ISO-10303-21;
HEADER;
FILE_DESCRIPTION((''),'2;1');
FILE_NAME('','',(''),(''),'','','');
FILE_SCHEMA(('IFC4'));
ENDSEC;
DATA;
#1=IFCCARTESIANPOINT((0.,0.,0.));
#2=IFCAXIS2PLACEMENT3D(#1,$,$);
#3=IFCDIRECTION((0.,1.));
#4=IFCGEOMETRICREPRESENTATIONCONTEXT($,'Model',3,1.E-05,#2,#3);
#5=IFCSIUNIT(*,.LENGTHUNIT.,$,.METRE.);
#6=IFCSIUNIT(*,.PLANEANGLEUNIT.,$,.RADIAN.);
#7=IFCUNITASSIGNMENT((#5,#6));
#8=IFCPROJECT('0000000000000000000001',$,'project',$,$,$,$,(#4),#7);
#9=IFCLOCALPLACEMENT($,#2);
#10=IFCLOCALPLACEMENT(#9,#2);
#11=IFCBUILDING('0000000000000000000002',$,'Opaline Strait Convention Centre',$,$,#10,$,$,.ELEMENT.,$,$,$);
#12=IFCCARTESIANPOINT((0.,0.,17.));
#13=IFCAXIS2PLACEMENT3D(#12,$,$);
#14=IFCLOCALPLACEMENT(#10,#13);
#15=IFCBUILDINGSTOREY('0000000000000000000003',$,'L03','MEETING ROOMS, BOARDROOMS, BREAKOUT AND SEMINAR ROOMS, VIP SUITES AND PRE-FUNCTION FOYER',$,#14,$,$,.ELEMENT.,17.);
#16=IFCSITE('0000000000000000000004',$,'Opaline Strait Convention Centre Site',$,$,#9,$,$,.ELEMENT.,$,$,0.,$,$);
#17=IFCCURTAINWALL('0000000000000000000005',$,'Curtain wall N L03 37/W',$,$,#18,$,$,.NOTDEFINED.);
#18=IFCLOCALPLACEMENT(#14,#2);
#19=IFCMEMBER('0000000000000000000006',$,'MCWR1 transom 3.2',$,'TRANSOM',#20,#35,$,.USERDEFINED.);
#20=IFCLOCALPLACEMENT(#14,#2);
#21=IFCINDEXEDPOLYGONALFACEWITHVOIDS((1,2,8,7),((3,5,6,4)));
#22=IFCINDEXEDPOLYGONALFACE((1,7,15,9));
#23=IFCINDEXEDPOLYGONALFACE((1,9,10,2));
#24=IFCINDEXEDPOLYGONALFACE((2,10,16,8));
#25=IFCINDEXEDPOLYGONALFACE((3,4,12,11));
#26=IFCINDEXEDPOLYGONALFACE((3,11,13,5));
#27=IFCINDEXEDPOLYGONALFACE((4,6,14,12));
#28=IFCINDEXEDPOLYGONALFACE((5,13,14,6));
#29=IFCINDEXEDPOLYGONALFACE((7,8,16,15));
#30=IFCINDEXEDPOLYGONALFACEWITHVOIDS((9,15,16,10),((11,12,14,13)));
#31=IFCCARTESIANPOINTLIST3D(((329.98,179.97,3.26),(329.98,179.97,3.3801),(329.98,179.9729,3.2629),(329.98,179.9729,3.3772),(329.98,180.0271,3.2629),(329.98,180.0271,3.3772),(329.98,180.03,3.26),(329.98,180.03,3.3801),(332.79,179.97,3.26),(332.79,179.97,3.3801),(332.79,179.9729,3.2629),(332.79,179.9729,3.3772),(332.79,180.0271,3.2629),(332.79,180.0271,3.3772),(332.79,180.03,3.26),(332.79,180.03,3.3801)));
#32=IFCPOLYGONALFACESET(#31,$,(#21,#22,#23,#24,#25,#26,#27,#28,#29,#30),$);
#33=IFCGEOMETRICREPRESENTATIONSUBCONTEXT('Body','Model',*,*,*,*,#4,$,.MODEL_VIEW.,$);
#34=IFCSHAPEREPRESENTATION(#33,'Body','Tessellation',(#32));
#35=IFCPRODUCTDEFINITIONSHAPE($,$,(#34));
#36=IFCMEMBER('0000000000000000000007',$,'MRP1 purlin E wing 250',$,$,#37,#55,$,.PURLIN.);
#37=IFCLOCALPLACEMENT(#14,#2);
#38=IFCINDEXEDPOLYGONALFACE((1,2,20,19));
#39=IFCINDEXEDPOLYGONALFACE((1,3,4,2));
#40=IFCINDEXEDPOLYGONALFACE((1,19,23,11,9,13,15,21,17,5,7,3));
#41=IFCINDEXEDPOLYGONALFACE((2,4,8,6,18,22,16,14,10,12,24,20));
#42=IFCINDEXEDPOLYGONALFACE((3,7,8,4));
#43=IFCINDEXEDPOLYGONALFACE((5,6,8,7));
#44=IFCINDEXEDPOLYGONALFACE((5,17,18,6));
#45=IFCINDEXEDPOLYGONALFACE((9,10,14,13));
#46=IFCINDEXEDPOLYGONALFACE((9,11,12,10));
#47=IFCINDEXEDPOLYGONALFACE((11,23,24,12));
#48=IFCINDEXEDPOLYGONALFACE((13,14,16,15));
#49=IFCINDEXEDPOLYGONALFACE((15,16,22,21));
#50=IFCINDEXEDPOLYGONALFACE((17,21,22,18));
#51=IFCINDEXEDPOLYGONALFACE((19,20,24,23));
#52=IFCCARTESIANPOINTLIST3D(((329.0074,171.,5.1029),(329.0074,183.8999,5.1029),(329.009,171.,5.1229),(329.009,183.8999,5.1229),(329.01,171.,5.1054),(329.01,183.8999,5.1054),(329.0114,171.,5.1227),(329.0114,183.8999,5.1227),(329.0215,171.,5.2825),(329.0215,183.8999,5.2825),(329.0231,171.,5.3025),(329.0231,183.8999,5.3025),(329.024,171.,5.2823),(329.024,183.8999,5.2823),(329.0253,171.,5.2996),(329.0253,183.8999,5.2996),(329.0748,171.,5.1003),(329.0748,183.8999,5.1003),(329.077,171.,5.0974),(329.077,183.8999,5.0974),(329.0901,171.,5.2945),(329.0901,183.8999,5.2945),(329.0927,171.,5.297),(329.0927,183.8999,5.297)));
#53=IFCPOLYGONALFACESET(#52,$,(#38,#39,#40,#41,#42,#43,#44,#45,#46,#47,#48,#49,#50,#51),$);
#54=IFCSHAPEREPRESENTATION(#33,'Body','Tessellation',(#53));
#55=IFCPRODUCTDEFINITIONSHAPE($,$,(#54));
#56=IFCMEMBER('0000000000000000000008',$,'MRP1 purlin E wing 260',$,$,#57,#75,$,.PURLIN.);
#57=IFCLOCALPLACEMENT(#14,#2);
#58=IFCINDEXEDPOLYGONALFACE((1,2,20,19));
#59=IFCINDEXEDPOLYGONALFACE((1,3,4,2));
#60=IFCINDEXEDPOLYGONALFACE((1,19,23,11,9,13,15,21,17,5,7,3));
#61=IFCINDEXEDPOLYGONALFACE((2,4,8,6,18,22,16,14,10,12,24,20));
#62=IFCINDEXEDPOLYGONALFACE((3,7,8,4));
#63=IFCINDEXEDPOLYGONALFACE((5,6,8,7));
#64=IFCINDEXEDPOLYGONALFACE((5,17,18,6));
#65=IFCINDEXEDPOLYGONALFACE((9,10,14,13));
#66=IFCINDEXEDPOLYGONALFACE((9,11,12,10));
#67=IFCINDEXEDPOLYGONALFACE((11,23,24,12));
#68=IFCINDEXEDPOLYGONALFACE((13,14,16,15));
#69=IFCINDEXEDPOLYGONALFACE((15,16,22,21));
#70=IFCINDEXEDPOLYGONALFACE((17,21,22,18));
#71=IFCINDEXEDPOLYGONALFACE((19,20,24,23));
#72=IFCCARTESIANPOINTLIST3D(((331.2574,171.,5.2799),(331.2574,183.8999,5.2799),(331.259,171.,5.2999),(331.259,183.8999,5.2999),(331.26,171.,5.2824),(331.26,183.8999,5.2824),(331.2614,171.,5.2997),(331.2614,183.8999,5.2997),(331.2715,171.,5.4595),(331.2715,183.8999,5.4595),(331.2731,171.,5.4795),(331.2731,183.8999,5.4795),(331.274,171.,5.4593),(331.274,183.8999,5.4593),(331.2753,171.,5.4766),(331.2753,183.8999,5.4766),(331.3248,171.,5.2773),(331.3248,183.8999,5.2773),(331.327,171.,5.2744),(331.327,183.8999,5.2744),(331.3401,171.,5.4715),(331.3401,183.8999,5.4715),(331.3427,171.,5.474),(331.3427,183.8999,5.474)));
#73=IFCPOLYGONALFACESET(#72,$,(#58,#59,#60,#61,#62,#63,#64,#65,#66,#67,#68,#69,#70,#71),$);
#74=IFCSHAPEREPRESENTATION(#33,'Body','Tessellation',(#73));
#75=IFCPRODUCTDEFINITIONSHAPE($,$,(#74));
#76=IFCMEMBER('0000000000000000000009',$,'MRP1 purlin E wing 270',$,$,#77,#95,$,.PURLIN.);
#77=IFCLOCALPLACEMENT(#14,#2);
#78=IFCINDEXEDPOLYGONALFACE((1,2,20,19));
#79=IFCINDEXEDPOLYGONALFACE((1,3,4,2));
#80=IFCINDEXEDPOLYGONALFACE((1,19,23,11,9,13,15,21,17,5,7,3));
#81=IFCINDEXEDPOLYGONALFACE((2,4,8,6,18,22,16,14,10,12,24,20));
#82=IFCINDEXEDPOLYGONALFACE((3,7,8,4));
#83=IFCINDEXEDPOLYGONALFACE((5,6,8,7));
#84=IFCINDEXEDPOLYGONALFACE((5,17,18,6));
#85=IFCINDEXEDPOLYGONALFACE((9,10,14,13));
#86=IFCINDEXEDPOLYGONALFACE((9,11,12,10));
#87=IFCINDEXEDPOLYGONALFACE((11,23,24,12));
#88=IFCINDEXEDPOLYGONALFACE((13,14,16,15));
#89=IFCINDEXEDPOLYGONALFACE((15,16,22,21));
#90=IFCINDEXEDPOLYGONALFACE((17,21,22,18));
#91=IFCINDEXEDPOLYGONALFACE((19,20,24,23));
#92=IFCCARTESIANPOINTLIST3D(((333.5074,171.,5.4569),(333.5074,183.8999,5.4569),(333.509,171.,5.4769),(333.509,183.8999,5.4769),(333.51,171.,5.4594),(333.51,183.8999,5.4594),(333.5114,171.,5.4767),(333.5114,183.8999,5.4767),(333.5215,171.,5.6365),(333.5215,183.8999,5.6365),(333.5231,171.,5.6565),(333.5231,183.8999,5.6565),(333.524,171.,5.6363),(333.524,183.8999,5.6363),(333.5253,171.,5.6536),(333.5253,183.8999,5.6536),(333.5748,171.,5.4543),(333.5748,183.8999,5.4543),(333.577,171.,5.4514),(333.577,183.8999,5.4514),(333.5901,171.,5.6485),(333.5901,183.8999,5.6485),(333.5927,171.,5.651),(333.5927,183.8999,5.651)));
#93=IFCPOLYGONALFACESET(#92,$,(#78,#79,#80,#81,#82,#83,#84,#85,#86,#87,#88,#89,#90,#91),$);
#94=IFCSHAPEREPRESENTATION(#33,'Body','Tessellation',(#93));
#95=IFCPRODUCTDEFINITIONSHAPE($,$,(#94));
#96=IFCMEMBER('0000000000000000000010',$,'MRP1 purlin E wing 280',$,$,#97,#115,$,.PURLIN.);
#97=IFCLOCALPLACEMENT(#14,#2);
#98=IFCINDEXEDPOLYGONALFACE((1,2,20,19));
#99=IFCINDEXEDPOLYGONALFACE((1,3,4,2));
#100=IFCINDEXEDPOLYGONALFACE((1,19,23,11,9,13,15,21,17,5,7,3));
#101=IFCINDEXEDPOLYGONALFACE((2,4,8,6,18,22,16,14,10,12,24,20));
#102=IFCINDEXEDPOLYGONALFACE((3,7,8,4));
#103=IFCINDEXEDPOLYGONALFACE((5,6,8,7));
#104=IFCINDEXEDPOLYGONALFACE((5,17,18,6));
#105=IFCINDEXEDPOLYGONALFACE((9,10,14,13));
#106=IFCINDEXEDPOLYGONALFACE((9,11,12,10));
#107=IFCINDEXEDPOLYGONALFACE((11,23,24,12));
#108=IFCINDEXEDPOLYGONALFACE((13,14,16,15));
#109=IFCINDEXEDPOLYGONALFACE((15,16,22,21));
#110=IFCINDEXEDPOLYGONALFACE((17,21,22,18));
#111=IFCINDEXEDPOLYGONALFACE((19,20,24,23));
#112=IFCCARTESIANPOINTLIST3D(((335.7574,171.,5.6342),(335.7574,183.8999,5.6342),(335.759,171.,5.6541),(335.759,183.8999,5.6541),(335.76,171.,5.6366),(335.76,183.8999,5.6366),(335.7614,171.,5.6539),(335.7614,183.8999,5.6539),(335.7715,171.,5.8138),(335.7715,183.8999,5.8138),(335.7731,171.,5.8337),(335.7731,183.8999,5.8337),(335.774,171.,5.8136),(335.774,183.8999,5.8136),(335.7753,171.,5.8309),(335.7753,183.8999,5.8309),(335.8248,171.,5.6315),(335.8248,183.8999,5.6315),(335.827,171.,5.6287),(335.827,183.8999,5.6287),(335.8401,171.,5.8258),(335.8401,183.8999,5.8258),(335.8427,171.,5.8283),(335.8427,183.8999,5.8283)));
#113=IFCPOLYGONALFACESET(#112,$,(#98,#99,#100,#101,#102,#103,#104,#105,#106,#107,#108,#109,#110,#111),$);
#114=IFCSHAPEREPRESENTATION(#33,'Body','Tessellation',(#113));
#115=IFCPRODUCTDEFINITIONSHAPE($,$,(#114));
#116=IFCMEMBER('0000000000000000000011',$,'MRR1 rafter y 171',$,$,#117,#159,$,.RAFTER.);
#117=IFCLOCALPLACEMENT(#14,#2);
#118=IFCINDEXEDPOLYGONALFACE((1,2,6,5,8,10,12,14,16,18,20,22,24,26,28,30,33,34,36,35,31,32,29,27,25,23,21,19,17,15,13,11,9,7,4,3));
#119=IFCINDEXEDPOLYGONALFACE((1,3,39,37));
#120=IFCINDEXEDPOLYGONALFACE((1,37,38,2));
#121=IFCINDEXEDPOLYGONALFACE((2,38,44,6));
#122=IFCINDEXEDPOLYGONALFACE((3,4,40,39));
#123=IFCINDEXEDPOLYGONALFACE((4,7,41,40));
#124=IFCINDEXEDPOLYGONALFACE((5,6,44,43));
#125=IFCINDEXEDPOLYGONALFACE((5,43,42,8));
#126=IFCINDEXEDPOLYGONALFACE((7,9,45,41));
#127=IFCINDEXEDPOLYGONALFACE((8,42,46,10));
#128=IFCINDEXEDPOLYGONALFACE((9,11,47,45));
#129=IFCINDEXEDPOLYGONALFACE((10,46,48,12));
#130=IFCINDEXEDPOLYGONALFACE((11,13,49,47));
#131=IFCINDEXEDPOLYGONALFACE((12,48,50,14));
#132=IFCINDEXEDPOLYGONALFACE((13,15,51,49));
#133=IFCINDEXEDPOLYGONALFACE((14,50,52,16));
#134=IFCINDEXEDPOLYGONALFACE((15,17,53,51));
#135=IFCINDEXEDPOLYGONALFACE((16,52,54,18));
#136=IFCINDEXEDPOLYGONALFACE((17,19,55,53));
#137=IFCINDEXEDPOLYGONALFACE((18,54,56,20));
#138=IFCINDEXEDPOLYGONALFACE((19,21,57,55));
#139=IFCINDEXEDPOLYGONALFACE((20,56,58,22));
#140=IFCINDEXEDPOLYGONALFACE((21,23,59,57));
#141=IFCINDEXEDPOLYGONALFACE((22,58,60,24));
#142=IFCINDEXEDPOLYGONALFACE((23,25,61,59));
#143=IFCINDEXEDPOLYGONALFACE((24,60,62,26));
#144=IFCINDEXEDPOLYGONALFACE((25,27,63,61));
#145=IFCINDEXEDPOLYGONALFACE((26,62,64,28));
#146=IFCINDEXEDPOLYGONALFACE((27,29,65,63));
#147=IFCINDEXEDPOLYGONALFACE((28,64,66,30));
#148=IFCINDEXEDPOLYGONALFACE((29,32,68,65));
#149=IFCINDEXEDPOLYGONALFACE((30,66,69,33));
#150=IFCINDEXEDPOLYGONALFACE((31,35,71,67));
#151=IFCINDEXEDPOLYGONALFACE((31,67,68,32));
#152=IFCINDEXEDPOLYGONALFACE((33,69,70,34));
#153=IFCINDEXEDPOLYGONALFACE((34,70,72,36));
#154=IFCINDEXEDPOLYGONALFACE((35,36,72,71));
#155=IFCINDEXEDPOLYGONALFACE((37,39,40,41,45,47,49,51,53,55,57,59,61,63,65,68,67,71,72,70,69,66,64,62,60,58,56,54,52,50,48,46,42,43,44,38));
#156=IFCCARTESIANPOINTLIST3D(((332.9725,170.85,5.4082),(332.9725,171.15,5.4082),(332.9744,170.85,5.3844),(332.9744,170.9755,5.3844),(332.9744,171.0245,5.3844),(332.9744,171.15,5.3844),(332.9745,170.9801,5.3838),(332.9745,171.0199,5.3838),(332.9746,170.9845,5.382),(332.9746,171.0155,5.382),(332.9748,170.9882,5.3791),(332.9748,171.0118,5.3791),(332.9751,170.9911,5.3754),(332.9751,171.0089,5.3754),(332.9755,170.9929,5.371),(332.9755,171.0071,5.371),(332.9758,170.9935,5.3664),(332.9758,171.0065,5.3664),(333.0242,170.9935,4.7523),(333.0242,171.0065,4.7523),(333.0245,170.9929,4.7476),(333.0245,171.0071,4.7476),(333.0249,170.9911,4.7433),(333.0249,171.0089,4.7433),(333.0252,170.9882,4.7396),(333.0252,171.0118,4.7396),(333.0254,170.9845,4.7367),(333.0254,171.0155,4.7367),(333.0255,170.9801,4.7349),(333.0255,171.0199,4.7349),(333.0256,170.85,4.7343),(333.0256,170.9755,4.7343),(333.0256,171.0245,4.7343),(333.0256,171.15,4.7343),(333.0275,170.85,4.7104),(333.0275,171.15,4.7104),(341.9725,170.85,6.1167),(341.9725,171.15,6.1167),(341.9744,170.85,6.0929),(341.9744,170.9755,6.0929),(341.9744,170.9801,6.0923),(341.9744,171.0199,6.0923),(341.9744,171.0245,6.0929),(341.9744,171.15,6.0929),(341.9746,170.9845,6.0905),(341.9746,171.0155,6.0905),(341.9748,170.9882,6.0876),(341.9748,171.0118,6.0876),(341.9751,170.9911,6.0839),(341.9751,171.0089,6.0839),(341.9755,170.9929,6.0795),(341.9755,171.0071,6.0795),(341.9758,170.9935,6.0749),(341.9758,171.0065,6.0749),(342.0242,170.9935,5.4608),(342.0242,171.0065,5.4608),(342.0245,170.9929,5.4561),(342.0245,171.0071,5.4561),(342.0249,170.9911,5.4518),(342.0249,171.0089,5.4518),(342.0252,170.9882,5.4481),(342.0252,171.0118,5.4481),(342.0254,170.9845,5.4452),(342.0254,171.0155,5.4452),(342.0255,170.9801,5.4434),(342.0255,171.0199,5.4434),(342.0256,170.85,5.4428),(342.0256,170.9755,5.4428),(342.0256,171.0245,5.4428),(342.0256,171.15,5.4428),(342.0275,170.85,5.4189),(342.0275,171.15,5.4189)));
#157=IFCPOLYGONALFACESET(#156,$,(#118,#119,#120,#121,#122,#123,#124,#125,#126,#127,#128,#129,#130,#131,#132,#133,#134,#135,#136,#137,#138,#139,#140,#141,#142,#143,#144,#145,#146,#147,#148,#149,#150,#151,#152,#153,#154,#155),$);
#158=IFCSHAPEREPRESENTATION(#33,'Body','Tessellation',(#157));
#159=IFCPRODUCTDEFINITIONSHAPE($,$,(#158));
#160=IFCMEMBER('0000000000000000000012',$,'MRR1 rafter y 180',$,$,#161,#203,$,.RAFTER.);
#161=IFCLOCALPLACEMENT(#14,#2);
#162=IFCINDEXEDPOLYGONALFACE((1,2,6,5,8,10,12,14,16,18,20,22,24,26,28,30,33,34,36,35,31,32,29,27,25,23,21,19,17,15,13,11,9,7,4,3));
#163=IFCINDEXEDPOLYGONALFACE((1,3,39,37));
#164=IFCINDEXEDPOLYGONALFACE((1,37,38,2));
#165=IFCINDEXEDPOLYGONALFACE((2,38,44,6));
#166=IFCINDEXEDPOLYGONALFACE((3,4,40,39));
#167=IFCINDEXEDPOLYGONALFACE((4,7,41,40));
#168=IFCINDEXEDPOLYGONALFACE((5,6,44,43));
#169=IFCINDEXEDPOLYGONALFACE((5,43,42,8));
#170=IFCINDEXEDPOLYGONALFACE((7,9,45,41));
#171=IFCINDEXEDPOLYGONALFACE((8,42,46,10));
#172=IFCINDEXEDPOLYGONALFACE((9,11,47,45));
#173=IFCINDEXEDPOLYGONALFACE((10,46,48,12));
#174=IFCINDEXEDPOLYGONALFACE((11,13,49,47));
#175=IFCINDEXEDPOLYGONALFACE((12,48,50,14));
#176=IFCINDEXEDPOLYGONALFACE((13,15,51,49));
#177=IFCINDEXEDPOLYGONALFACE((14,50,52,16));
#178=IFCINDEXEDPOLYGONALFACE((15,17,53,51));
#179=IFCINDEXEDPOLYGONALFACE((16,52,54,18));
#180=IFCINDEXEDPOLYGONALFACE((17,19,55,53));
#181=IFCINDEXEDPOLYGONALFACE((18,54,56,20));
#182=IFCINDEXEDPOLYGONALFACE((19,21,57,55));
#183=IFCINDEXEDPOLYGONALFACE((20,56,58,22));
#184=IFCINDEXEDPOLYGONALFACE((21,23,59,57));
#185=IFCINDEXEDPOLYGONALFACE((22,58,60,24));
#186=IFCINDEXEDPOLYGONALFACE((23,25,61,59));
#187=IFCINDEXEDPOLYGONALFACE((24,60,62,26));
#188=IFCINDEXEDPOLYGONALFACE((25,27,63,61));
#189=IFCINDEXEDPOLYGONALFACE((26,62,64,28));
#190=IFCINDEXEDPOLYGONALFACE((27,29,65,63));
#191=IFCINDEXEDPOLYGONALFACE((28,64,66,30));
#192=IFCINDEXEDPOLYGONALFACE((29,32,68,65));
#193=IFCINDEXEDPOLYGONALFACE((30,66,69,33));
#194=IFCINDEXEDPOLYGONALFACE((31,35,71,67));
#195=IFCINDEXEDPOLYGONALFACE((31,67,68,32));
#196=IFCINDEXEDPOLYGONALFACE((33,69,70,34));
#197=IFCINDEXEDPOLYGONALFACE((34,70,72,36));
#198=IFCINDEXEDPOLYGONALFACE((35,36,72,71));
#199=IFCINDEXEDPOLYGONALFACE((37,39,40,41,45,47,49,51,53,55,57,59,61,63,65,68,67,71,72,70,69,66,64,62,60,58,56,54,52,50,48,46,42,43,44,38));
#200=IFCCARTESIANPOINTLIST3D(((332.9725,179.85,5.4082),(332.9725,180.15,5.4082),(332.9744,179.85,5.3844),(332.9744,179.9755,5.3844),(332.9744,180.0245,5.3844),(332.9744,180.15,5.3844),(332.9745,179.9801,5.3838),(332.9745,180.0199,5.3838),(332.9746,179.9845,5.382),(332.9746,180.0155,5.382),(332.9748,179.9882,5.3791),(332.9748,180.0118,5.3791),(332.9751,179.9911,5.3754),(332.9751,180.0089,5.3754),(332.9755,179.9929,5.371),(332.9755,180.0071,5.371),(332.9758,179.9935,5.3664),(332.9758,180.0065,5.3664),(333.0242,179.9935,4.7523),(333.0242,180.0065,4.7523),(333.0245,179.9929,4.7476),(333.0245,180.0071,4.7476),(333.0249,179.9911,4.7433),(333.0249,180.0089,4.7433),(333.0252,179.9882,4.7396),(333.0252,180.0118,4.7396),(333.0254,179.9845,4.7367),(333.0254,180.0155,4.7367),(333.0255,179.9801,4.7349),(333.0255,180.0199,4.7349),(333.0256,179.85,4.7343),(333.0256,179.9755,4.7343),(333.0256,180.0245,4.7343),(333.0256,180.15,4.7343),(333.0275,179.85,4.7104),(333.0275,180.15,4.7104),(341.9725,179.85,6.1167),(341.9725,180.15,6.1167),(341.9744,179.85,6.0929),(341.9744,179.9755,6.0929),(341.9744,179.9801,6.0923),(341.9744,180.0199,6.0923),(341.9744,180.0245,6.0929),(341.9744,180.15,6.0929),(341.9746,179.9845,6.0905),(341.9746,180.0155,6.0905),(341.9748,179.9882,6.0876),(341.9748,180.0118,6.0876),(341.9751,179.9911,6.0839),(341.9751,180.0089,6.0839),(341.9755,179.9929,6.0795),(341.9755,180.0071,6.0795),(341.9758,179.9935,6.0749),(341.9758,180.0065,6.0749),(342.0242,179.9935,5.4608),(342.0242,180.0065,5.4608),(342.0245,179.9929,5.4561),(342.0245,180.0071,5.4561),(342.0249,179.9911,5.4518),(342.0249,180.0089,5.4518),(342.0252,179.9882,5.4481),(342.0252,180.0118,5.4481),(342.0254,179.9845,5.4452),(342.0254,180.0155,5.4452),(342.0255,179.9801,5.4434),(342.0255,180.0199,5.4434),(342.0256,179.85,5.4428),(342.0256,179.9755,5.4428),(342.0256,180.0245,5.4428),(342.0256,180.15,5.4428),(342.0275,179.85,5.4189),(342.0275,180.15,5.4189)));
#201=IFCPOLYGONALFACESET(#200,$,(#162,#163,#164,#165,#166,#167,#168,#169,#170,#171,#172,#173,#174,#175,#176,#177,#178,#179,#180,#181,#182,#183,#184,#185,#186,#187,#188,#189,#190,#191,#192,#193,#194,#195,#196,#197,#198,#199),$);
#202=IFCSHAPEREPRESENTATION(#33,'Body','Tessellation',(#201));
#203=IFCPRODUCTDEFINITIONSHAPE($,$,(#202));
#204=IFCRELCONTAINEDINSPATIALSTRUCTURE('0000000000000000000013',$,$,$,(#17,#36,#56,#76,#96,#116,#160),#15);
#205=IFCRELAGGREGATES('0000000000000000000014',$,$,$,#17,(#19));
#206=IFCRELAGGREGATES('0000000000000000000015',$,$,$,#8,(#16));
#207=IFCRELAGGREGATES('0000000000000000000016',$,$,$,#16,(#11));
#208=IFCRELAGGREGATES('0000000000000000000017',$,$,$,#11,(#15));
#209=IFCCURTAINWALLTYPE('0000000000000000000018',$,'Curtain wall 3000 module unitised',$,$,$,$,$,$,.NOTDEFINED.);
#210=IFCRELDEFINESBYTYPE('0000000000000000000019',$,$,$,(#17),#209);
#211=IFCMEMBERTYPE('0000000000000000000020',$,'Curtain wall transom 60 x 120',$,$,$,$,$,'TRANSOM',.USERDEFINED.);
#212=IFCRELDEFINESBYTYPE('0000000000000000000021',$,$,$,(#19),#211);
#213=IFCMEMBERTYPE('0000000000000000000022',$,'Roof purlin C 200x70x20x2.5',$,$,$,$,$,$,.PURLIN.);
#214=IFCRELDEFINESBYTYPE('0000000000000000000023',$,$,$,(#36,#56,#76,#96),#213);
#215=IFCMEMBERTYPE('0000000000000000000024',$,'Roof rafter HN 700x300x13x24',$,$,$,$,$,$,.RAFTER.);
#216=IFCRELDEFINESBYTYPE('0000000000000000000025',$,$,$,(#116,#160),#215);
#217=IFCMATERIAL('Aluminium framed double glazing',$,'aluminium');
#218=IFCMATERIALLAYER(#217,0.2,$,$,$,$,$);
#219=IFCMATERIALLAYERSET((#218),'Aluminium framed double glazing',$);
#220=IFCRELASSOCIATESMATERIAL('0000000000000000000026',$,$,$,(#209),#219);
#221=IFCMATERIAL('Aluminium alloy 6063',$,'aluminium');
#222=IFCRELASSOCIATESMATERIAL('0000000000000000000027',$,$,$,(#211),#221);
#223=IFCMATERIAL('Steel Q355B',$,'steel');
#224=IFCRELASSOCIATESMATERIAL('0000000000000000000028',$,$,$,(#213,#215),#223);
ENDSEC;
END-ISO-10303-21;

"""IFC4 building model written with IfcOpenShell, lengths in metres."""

from ifc_helpers import new_model, si_unit, direction, frame, origin, origin_2d, place, context, subcontext, project, spatial, polyline, hollow_rectangle, i_section, outline, extrude, material, layer, layer_set, material_profile, profile_set, type_object, element, aggregate, save


model = new_model("IFC4")

# Units and contexts
model_context = context("Model", 3, precision=1e-05, world=origin(), true_north=direction((0.0, 1.0)))
body_context = subcontext(model_context, "Body", "Model", "MODEL_VIEW")
ifc_project = project(units=[si_unit("LENGTHUNIT", "METRE"), si_unit("PLANEANGLEUNIT", "RADIAN")], contexts=[model_context])

# Site, building, storey
site_placement = place(None, origin())
site = spatial("IfcSite", under=ifc_project, at=site_placement, Name="Opaline Strait Convention Centre Site", CompositionType="ELEMENT", RefElevation=0.0)
building_placement = place(site_placement, origin())
building = spatial("IfcBuilding", under=site, at=building_placement, Name="Opaline Strait Convention Centre", CompositionType="ELEMENT")
storey_placement = place(building_placement, frame((0.0, 0.0, 17.0)))
storey = spatial("IfcBuildingStorey", under=building, at=storey_placement, Name="L03", Description="MEETING ROOMS, BOARDROOMS, BREAKOUT AND SEMINAR ROOMS, VIP SUITES AND PRE-FUNCTION FOYER", CompositionType="ELEMENT", Elevation=17.0)

# Shared definitions
ifc_material_1 = material(Name="Steel Q355B", Category="steel")

# Curtain wall, member
ifc_material_2 = material(Name="Aluminium framed double glazing", Category="aluminium")
ifc_layer_1 = layer(ifc_material_2, 0.2)
ifc_layer_set_1 = layer_set([ifc_layer_1], Name="Aluminium framed double glazing")
curtain_wall_type = type_object("IfcCurtainWallType", Name="Curtain wall 3000 module unitised", PredefinedType="NOTDEFINED", material=ifc_layer_set_1)
curtain_wall_placement = place(storey_placement, origin())
curtain_wall = element("IfcCurtainWall", 1, at=curtain_wall_placement, inside=storey, type_object=curtain_wall_type, Name="Curtain wall N L03 37/W", PredefinedType="NOTDEFINED")
ifc_material_3 = material(Name="Aluminium alloy 6063", Category="aluminium")
ifc_material_profile_1 = material_profile(ifc_material_3, hollow_rectangle(XDim=0.0601, YDim=0.1201, WallThickness=0.0029, at=origin_2d()), Name="TRANSOM 60x120x3")
ifc_profile_set_1 = profile_set([ifc_material_profile_1], Name="Aluminium alloy 6063")
member_type_1 = type_object("IfcMemberType", Name="Curtain wall transom 60 x 120", ElementType="TRANSOM", PredefinedType="USERDEFINED", material=ifc_profile_set_1)
member_1_placement = place(storey_placement, frame((329.98, 180.0, 3.3201), z_axis=(1.0, 0.0, 0.0), x_axis=(0.0, 1.0, 0.0)))
member_1 = element("IfcMember", 2, at=member_1_placement, type_object=member_type_1, Name="MCWR1 transom 3.2", ObjectType="TRANSOM", PredefinedType="USERDEFINED", context=body_context, shape_type="SweptSolid", body=[
    extrude(hollow_rectangle(XDim=0.0601, YDim=0.1201, WallThickness=0.0029, at=origin_2d()), origin(), (0.0, 0.0, 1.0), 2.8101),
])

# Members
ifc_material_profile_2 = material_profile(ifc_material_1, outline(polyline([(-0.0349, -0.1001), (0.0349, -0.1001), (0.0349, -0.0801), (0.0325, -0.0801), (0.0325, -0.0974), (-0.0325, -0.0974), (-0.0325, 0.0974), (0.0325, 0.0974), (0.0325, 0.0801), (0.0349, 0.0801), (0.0349, 0.1001), (-0.0349, 0.1001), (-0.0349, -0.1001)])), Name="C 200x70x20x2.5")
ifc_profile_set_2 = profile_set([ifc_material_profile_2], Name="Steel Q355B")
member_type_2 = type_object("IfcMemberType", Name="Roof purlin C 200x70x20x2.5", PredefinedType="PURLIN", material=ifc_profile_set_2)
for number, where, z_axis, x_axis, name in (
    (3, (329.05, 171.0, 5.2), (0.0, 1.0, 0.0), (-0.996917, 0.0, 0.078459), "MRP1 purlin E wing 250"),
    (4, (331.3, 171.0, 5.377), (0.0, 1.0, 0.0), (-0.996917, 0.0, 0.078459), "MRP1 purlin E wing 260"),
    (5, (333.55, 171.0, 5.554), (0.0, 1.0, 0.0), (-0.996917, 0.0, 0.078459), "MRP1 purlin E wing 270"),
    (6, (335.8, 171.0, 5.7312), (0.0, 1.0, 0.0), (-0.996917, 0.0, 0.078459), "MRP1 purlin E wing 280"),
):
    element("IfcMember", number, at=place(storey_placement, frame(where, z_axis=z_axis, x_axis=x_axis)), inside=storey, type_object=member_type_2, Name=name, PredefinedType="PURLIN", context=body_context, shape_type="SweptSolid", body=[
        extrude(outline(polyline([(-0.0349, -0.1001), (0.0349, -0.1001), (0.0349, -0.0801), (0.0325, -0.0801), (0.0325, -0.0974), (-0.0325, -0.0974), (-0.0325, 0.0974), (0.0325, 0.0974), (0.0325, 0.0801), (0.0349, 0.0801), (0.0349, 0.1001), (-0.0349, 0.1001), (-0.0349, -0.1001)])), origin(), (0.0, 0.0, 1.0), 12.8999),
    ])
ifc_material_profile_3 = material_profile(ifc_material_1, i_section(OverallWidth=0.3, OverallDepth=0.7, WebThickness=0.0129, FlangeThickness=0.0239, FilletRadius=0.0181, at=origin_2d()), Name="HN 700x300x13x24")
ifc_profile_set_3 = profile_set([ifc_material_profile_3], Name="Steel Q355B")
member_type_3 = type_object("IfcMemberType", Name="Roof rafter HN 700x300x13x24", PredefinedType="RAFTER", material=ifc_profile_set_3)
for number, where, z_axis, x_axis, name in (
    (7, (333.0, 171.0, 5.0593), (0.996916, 0.0, 0.078479), (0.0, 1.0, 0.0), "MRR1 rafter y 171"),
    (8, (333.0, 180.0, 5.0593), (0.996916, 0.0, 0.078479), (0.0, 1.0, 0.0), "MRR1 rafter y 180"),
):
    element("IfcMember", number, at=place(storey_placement, frame(where, z_axis=z_axis, x_axis=x_axis)), inside=storey, type_object=member_type_3, Name=name, PredefinedType="RAFTER", context=body_context, shape_type="SweptSolid", body=[
        extrude(i_section(OverallWidth=0.3, OverallDepth=0.7, WebThickness=0.0129, FlangeThickness=0.0239, FilletRadius=0.0181, at=origin_2d()), origin(), (0.0, 0.0, 1.0), 9.0278),
    ])

aggregate(curtain_wall, [member_1])

save(model, "model.ifc")
